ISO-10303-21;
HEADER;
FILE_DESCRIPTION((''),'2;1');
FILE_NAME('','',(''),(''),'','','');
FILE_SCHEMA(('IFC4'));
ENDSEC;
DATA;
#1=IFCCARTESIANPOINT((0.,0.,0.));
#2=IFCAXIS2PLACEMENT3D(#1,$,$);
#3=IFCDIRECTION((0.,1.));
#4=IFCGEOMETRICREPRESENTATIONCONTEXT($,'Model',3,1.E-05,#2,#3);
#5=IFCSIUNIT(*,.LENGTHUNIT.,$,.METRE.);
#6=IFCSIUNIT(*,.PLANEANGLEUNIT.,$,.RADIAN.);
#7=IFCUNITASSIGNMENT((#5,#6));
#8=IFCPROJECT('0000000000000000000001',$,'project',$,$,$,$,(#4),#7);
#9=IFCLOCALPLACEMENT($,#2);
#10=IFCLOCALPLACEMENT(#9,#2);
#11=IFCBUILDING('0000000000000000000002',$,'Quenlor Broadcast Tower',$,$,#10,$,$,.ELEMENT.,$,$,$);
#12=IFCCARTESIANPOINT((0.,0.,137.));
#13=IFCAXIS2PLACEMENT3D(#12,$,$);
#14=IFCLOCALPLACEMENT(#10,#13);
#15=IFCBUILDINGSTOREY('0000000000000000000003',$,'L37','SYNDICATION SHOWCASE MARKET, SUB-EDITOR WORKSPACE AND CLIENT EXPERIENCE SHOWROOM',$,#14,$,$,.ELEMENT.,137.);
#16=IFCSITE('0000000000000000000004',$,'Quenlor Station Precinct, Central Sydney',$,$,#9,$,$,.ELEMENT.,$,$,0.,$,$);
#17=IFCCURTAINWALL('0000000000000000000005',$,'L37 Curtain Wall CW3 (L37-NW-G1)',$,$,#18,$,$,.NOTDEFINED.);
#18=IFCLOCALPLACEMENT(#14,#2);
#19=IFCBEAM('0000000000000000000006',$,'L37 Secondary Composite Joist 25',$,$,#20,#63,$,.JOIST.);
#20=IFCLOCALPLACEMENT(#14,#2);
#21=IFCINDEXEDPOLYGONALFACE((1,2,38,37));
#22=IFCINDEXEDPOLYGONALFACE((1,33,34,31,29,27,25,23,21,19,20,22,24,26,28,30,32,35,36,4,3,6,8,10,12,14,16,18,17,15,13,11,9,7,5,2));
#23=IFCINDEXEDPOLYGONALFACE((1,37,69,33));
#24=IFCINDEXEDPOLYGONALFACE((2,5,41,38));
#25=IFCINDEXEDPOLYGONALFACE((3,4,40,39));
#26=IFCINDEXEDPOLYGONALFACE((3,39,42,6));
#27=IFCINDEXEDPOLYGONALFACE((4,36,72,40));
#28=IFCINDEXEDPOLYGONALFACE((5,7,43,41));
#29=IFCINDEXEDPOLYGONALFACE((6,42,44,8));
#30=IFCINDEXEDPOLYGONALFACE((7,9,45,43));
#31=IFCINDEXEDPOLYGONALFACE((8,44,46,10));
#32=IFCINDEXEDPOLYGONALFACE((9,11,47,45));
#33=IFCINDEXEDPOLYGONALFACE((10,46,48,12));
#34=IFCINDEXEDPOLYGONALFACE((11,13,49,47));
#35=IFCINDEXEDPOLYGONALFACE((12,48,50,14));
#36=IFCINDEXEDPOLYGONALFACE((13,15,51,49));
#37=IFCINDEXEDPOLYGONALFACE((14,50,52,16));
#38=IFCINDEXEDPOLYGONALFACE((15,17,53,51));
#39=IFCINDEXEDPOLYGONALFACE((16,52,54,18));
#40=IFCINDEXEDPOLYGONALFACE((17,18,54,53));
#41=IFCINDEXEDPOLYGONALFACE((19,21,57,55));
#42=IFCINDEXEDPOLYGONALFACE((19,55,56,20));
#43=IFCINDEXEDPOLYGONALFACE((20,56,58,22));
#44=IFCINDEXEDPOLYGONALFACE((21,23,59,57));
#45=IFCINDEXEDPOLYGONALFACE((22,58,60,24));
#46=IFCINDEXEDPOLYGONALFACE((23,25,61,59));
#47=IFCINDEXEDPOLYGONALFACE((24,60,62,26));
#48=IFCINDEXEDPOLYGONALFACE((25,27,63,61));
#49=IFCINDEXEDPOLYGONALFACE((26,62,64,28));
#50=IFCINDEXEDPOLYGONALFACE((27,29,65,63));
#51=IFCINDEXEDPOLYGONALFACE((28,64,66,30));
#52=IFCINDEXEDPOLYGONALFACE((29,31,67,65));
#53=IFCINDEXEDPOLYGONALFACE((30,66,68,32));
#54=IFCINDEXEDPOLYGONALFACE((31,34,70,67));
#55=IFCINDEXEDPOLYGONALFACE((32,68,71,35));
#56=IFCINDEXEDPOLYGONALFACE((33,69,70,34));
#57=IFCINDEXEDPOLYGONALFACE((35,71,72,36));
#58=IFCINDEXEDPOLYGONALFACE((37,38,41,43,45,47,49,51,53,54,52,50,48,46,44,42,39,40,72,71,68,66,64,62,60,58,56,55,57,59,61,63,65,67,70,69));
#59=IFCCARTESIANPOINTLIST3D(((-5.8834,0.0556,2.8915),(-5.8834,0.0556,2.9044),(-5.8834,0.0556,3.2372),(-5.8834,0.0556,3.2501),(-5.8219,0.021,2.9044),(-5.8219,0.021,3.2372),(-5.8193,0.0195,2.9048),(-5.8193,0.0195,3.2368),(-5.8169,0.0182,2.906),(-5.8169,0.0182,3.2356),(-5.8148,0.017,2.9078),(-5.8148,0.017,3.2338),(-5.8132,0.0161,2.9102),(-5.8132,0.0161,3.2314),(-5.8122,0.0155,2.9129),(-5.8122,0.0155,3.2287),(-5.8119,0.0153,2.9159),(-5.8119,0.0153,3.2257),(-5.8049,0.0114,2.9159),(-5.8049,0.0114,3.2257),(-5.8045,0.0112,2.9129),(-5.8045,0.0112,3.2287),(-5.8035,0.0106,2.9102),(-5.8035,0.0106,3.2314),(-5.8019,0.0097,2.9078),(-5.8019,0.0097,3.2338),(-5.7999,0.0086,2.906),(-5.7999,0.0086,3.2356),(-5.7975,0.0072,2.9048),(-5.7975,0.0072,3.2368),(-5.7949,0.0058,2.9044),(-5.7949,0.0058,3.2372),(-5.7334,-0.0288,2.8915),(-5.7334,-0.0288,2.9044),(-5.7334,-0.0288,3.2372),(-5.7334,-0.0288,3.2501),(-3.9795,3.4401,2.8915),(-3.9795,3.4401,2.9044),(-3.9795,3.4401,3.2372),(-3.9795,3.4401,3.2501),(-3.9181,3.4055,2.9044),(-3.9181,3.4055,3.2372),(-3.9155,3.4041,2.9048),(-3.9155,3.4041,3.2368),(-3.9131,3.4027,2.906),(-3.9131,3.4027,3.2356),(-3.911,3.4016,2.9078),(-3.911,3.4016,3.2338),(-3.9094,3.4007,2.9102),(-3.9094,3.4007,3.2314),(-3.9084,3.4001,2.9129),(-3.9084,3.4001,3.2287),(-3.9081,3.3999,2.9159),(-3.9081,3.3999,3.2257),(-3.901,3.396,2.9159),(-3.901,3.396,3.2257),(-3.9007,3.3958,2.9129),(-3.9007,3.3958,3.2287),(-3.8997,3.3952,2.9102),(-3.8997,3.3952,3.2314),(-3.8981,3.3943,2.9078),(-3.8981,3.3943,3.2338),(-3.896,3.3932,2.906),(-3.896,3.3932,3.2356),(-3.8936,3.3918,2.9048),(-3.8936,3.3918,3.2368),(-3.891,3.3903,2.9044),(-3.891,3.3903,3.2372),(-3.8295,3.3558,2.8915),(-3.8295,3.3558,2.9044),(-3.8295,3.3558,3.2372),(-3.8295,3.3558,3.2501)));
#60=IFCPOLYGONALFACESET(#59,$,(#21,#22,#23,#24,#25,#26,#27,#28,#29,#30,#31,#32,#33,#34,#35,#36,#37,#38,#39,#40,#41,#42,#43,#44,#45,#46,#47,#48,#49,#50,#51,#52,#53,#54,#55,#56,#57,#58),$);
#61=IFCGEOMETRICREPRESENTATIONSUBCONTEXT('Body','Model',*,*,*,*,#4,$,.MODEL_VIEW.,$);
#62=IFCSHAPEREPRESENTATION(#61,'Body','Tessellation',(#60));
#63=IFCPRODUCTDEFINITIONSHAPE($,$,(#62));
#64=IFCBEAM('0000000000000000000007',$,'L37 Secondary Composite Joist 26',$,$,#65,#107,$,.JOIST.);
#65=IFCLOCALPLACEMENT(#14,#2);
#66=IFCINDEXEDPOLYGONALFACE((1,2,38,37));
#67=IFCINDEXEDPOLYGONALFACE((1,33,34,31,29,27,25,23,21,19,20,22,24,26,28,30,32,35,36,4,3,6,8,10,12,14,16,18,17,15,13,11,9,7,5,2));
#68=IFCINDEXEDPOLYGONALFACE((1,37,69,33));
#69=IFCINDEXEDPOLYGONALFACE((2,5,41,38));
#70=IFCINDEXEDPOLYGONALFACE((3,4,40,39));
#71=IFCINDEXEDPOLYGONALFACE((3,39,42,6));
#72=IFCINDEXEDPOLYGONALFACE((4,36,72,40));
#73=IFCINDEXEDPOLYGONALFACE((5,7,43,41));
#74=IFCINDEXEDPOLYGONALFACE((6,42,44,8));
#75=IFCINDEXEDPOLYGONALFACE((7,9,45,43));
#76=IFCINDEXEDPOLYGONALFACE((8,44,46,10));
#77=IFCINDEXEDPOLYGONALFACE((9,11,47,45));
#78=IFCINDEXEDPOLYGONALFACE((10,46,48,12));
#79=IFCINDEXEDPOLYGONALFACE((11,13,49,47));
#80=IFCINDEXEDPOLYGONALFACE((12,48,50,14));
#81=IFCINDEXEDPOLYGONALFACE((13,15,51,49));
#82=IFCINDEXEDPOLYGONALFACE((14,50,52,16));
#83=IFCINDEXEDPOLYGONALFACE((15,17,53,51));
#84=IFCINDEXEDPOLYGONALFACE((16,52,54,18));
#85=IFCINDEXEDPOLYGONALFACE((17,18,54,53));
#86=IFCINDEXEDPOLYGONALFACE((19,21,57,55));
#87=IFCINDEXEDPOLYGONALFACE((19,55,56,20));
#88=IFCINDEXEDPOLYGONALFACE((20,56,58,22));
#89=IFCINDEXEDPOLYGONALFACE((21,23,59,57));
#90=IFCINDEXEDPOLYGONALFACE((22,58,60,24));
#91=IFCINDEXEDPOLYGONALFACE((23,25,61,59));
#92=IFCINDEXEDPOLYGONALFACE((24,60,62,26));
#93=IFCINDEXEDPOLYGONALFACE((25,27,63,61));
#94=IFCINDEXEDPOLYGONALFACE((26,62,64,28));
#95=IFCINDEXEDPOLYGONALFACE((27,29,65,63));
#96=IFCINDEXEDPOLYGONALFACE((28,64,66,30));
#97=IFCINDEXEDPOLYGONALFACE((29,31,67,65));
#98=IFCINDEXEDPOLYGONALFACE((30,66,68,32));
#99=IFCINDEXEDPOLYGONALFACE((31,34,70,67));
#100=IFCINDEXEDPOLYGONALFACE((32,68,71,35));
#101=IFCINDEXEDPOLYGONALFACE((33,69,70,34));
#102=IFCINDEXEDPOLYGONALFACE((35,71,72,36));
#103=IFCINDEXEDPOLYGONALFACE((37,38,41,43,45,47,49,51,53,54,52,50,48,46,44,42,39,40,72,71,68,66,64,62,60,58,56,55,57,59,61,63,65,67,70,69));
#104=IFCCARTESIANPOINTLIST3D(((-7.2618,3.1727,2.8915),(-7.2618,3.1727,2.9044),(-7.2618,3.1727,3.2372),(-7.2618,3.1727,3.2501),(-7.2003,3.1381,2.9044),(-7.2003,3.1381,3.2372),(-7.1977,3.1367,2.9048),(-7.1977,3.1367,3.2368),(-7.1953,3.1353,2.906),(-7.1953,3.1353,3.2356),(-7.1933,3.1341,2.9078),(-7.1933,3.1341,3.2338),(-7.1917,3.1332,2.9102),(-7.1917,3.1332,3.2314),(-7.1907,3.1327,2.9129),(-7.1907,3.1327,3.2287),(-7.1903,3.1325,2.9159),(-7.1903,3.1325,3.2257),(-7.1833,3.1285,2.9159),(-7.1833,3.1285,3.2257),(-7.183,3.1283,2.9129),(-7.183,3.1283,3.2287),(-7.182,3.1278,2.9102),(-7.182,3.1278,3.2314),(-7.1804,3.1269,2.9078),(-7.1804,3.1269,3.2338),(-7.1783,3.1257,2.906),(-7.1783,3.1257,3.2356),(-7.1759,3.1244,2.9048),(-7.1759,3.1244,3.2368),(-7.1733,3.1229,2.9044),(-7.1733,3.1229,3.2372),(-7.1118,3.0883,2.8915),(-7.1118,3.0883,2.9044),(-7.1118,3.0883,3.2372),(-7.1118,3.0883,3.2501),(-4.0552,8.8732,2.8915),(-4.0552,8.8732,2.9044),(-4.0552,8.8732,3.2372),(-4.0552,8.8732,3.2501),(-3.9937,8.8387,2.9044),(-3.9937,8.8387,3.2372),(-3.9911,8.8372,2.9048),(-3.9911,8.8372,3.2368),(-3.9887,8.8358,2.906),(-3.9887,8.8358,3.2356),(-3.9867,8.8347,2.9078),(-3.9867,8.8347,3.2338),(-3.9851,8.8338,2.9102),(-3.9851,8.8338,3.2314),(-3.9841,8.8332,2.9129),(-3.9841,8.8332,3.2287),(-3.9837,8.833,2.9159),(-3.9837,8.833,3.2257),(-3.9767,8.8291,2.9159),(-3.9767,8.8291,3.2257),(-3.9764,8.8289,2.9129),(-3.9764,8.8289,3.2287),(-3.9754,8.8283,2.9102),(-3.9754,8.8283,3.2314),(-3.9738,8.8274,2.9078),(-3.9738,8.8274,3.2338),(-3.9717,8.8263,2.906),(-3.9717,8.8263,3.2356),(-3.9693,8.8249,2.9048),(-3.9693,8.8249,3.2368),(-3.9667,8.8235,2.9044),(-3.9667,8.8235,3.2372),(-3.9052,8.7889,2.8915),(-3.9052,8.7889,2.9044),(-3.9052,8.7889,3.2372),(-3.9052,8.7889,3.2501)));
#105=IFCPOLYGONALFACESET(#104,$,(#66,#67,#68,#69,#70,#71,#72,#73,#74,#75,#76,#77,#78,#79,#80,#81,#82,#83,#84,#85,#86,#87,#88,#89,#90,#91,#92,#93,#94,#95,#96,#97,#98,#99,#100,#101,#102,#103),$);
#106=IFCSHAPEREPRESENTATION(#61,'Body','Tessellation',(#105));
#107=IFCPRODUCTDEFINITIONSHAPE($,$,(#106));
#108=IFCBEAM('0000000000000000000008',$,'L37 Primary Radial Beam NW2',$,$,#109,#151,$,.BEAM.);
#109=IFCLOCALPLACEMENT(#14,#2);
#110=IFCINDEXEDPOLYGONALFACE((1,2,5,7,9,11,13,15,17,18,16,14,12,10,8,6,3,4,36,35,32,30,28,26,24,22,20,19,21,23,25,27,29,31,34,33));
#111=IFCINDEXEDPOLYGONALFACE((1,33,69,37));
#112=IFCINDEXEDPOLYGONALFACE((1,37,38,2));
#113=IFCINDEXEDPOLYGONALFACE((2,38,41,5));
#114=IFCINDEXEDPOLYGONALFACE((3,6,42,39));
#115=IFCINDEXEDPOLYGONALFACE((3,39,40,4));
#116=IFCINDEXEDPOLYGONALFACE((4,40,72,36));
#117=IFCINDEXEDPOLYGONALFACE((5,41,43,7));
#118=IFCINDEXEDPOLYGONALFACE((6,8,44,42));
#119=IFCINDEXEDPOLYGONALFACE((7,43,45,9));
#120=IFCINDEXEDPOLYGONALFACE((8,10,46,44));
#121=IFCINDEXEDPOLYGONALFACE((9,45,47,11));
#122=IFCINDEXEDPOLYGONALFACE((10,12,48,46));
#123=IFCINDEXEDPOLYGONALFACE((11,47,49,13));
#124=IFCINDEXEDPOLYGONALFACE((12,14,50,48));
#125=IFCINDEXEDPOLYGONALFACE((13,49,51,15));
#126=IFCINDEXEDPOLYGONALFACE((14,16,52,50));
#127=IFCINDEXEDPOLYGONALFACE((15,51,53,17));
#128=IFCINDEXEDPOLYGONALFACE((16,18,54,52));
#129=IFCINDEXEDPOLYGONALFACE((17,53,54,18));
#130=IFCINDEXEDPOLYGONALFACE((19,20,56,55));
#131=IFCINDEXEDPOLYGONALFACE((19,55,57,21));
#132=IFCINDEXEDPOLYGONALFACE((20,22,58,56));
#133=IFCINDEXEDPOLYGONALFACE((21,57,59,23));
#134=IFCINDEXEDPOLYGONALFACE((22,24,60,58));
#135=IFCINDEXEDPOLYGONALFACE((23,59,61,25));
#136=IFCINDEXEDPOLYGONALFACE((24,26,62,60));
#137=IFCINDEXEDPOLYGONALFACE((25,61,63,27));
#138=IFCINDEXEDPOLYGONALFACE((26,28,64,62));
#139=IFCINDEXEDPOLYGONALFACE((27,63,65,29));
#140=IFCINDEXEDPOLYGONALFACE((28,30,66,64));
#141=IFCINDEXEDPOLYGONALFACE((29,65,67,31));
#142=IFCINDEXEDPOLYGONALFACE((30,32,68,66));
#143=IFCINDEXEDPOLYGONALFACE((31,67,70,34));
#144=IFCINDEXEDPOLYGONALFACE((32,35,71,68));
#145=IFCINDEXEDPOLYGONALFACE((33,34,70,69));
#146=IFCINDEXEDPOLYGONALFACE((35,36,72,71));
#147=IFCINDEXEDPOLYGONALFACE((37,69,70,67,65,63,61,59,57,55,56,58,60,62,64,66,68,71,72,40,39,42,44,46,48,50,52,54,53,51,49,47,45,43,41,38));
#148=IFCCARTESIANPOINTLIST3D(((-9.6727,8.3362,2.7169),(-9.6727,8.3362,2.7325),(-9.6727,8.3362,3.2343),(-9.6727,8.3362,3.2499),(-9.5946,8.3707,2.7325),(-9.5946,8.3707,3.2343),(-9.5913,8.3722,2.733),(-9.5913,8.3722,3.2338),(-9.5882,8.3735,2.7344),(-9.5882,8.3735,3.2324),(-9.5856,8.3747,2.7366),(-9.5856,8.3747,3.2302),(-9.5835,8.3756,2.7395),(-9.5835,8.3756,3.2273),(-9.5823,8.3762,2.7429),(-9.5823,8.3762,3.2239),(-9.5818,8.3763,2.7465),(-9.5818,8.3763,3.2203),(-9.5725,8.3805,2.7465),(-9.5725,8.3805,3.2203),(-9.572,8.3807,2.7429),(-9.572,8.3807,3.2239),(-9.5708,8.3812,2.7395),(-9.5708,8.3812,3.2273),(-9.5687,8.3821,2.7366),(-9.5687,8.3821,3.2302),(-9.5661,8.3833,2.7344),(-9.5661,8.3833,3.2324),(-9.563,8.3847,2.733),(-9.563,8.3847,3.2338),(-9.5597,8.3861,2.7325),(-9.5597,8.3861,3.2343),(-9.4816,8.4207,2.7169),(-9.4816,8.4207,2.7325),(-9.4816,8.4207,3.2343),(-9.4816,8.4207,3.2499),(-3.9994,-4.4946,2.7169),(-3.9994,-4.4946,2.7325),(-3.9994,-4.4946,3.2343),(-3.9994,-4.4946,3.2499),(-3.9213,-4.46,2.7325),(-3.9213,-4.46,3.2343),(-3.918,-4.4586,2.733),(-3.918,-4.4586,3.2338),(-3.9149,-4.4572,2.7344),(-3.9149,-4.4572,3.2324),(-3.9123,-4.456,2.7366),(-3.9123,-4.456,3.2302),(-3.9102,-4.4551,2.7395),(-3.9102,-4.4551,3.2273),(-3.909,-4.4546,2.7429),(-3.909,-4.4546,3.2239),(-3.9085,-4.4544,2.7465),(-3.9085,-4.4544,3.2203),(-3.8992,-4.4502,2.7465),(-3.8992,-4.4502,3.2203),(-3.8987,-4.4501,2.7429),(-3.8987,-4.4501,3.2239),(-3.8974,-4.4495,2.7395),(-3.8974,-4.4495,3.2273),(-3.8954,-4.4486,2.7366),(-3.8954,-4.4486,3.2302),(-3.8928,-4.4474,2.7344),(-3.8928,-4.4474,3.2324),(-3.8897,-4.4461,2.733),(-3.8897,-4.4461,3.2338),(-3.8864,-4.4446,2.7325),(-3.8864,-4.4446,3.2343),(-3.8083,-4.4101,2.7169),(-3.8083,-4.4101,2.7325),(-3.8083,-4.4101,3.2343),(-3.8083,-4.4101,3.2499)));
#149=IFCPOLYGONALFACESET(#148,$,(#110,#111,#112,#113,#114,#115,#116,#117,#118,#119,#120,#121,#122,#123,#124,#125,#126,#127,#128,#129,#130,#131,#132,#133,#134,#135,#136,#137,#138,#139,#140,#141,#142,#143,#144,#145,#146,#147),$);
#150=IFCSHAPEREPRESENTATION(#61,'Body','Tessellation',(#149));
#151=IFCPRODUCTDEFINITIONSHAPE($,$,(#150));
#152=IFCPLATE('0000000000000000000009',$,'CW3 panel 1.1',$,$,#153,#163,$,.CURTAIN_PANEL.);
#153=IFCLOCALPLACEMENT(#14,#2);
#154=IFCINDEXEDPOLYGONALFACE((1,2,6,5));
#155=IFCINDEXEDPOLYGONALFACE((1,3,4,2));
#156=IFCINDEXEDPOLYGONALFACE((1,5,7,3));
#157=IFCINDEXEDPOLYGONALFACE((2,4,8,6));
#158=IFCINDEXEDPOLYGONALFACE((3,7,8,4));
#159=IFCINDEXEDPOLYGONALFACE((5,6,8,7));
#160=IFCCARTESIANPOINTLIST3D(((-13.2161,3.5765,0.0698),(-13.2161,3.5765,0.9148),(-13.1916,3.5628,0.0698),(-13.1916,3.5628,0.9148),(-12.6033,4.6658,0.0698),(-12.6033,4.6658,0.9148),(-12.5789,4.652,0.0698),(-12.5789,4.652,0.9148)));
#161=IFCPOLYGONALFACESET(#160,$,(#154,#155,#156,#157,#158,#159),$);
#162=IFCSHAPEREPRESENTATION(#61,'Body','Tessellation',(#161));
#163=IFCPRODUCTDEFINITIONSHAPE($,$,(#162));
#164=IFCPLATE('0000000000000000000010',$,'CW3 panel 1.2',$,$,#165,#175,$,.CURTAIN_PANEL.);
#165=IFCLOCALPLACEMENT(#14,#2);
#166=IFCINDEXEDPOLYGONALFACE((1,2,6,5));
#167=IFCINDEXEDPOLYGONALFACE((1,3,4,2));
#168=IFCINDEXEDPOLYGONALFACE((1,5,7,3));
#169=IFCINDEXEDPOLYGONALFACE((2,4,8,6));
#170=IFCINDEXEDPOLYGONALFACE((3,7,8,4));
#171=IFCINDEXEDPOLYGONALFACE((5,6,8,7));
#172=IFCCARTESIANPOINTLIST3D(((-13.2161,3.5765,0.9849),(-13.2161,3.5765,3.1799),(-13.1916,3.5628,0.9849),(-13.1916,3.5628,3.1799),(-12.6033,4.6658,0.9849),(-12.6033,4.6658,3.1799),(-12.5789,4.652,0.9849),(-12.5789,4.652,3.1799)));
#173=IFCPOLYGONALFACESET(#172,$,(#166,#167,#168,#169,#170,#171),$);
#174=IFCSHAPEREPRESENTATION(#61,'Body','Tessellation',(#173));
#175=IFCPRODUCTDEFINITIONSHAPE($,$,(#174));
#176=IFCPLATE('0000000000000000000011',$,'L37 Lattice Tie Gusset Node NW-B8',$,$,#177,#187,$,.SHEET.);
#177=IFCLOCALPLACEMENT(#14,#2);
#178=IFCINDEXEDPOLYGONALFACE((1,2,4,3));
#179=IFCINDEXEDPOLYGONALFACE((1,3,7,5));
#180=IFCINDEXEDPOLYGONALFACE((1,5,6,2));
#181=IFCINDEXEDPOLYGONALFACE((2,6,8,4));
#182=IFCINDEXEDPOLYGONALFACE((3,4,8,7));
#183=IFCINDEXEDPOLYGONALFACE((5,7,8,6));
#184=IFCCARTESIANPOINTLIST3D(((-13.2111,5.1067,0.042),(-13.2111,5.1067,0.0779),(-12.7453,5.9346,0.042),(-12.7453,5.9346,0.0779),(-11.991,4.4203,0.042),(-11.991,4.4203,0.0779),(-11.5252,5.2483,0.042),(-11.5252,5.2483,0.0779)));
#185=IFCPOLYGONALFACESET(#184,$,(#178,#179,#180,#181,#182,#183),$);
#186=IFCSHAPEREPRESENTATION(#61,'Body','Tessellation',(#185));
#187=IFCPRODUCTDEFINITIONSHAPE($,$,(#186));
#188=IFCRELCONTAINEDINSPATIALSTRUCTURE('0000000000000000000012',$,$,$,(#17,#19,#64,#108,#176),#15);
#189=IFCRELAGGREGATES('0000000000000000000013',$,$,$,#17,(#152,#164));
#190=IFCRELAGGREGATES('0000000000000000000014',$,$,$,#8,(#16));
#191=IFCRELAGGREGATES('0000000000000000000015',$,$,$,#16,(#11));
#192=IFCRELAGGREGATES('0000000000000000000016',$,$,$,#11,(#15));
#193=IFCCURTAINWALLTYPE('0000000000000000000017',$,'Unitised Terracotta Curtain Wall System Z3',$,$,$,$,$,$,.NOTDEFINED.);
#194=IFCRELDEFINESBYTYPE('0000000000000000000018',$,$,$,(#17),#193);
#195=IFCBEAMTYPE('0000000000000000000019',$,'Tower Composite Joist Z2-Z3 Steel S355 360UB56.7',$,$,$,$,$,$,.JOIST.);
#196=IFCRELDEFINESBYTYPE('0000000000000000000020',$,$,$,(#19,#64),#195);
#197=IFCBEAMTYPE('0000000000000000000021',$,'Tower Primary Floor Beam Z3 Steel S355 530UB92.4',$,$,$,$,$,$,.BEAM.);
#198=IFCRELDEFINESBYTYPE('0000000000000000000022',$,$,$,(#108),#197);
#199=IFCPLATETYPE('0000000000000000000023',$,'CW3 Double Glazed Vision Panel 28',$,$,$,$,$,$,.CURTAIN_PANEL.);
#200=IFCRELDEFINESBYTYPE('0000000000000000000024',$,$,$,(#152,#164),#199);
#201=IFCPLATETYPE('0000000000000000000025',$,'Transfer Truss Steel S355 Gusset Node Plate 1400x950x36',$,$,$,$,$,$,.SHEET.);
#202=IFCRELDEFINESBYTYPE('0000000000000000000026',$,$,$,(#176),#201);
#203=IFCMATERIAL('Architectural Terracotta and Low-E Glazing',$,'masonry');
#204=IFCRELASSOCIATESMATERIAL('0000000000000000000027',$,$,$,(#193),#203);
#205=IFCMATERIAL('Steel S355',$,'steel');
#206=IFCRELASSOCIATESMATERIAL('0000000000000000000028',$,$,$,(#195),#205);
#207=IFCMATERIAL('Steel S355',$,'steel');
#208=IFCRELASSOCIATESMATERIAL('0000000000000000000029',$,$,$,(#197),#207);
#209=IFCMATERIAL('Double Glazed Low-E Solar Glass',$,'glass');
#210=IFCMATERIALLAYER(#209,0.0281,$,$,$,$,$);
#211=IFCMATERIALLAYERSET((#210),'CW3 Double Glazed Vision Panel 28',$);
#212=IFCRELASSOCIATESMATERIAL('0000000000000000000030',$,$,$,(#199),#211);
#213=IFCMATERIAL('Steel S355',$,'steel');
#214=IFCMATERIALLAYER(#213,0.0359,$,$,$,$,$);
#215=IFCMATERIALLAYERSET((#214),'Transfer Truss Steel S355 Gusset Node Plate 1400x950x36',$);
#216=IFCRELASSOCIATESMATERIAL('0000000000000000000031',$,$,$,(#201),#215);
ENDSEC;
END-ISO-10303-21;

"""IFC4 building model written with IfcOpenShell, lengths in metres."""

from ifc_helpers import new_model, si_unit, direction, frame, origin, origin_2d, place, context, subcontext, project, spatial, rectangle, i_section, extrude, material, layer, layer_set, material_profile, profile_set, type_object, element, aggregate, save


model = new_model("IFC4")

# Units and contexts
model_context = context("Model", 3, precision=1e-05, world=origin(), true_north=direction((0.0, 1.0)))
body_context = subcontext(model_context, "Body", "Model", "MODEL_VIEW")
ifc_project = project(units=[si_unit("LENGTHUNIT", "METRE"), si_unit("PLANEANGLEUNIT", "RADIAN")], contexts=[model_context])

# Site, building, storey
site_placement = place(None, origin())
site = spatial("IfcSite", under=ifc_project, at=site_placement, Name="Quenlor Station Precinct, Central Sydney", CompositionType="ELEMENT", RefElevation=0.0)
building_placement = place(site_placement, origin())
building = spatial("IfcBuilding", under=site, at=building_placement, Name="Quenlor Broadcast Tower", CompositionType="ELEMENT")
storey_placement = place(building_placement, frame((0.0, 0.0, 137.0)))
storey = spatial("IfcBuildingStorey", under=building, at=storey_placement, Name="L37", Description="SYNDICATION SHOWCASE MARKET, SUB-EDITOR WORKSPACE AND CLIENT EXPERIENCE SHOWROOM", CompositionType="ELEMENT", Elevation=137.0)

# Shared definitions
ifc_material_1 = material(Name="Architectural Terracotta and Low-E Glazing", Category="masonry")
curtain_wall_type = type_object("IfcCurtainWallType", Name="Unitised Terracotta Curtain Wall System Z3", PredefinedType="NOTDEFINED", material=ifc_material_1)

# Curtain wall
curtain_wall_1_placement = place(storey_placement, origin())
curtain_wall_1 = element("IfcCurtainWall", 1, at=curtain_wall_1_placement, inside=storey, type_object=curtain_wall_type, Name="L37 Curtain Wall CW3 (L37-NW-G1)", PredefinedType="NOTDEFINED")

# Beams
ifc_material_2 = material(Name="Steel S355", Category="steel")
ifc_material_profile_1 = material_profile(ifc_material_2, i_section(OverallWidth=0.1721, OverallDepth=0.3586, WebThickness=0.0081, FlangeThickness=0.0129, FilletRadius=0.0115, at=origin_2d()))
ifc_profile_set_1 = profile_set([ifc_material_profile_1], Name="Steel S355 360UB56.7")
beam_type_1 = type_object("IfcBeamType", Name="Tower Composite Joist Z2-Z3 Steel S355 360UB56.7", PredefinedType="JOIST", material=ifc_profile_set_1)
beam_1_placement = place(storey_placement, frame((-3.9045, 3.3979, 3.0708), z_axis=(-0.490264, -0.871574, 0.0), x_axis=(0.871574, -0.490264, 0.0)))
element("IfcBeam", 2, at=beam_1_placement, inside=storey, type_object=beam_type_1, Name="L37 Secondary Composite Joist 25", PredefinedType="JOIST", context=body_context, shape_type="SweptSolid", body=[
    extrude(i_section(OverallWidth=0.1721, OverallDepth=0.3586, WebThickness=0.0081, FlangeThickness=0.0129, FilletRadius=0.0115, at=origin_2d()), origin(), (0.0, 0.0, 1.0), 3.8833),
])
beam_2_placement = place(storey_placement, frame((-3.9802, 8.8311, 3.0708), z_axis=(-0.490267, -0.871573, 0.0), x_axis=(0.871573, -0.490267, 0.0)))
element("IfcBeam", 3, at=beam_2_placement, inside=storey, type_object=beam_type_1, Name="L37 Secondary Composite Joist 26", PredefinedType="JOIST", context=body_context, shape_type="SweptSolid", body=[
    extrude(i_section(OverallWidth=0.1721, OverallDepth=0.3586, WebThickness=0.0081, FlangeThickness=0.0129, FilletRadius=0.0115, at=origin_2d()), origin(), (0.0, 0.0, 1.0), 6.5405),
])
ifc_material_3 = material(Name="Steel S355", Category="steel")
ifc_material_profile_2 = material_profile(ifc_material_3, i_section(OverallWidth=0.209, OverallDepth=0.533, WebThickness=0.0103, FlangeThickness=0.0156, FilletRadius=0.0139, at=origin_2d()))
ifc_profile_set_2 = profile_set([ifc_material_profile_2], Name="Steel S355 530UB92.4")
beam_type_2 = type_object("IfcBeamType", Name="Tower Primary Floor Beam Z3 Steel S355 530UB92.4", PredefinedType="BEAM", material=ifc_profile_set_2)
beam_3_placement = place(storey_placement, frame((-9.5771, 8.3784, 2.9834), z_axis=(0.404397, -0.914583, 0.0), x_axis=(0.914583, 0.404397, 0.0)))
element("IfcBeam", 4, at=beam_3_placement, inside=storey, type_object=beam_type_2, Name="L37 Primary Radial Beam NW2", PredefinedType="BEAM", context=body_context, shape_type="SweptSolid", body=[
    extrude(i_section(OverallWidth=0.209, OverallDepth=0.533, WebThickness=0.0103, FlangeThickness=0.0156, FilletRadius=0.0139, at=origin_2d()), origin(), (0.0, 0.0, 1.0), 14.0291),
])

# Plates
ifc_material_4 = material(Name="Double Glazed Low-E Solar Glass", Category="glass")
ifc_layer_1 = layer(ifc_material_4, 0.0281)
ifc_layer_set_1 = layer_set([ifc_layer_1], Name="CW3 Double Glazed Vision Panel 28")
plate_type_1 = type_object("IfcPlateType", Name="CW3 Double Glazed Vision Panel 28", PredefinedType="CURTAIN_PANEL", material=ifc_layer_set_1)
plate_1_placement = place(storey_placement, frame((-12.8975, 4.1143, 0.0698), z_axis=(0.0, 0.0, 1.0), x_axis=(0.490285, 0.871562, 0.0)))
plate_1 = element("IfcPlate", 5, at=plate_1_placement, type_object=plate_type_1, Name="CW3 panel 1.1", PredefinedType="CURTAIN_PANEL", context=body_context, shape_type="SweptSolid", body=[
    extrude(rectangle(XDim=1.2498, YDim=0.0281, at=origin_2d()), origin(), (0.0, 0.0, 1.0), 0.845),
])
plate_2_placement = place(storey_placement, frame((-12.8975, 4.1143, 0.9849), z_axis=(0.0, 0.0, 1.0), x_axis=(0.490285, 0.871562, 0.0)))
plate_2 = element("IfcPlate", 6, at=plate_2_placement, type_object=plate_type_1, Name="CW3 panel 1.2", PredefinedType="CURTAIN_PANEL", context=body_context, shape_type="SweptSolid", body=[
    extrude(rectangle(XDim=1.2498, YDim=0.0281, at=origin_2d()), origin(), (0.0, 0.0, 1.0), 2.1951),
])
aggregate(curtain_wall_1, [plate_1, plate_2])

# Plate
ifc_material_5 = material(Name="Steel S355", Category="steel")
ifc_layer_2 = layer(ifc_material_5, 0.0359)
ifc_layer_set_2 = layer_set([ifc_layer_2], Name="Transfer Truss Steel S355 Gusset Node Plate 1400x950x36")
plate_type_2 = type_object("IfcPlateType", Name="Transfer Truss Steel S355 Gusset Node Plate 1400x950x36", PredefinedType="SHEET", material=ifc_layer_set_2)
for number, where, z_axis, x_axis, name in (
    (7, (-12.3682, 5.1775, 0.042), (0.0, 0.0, 1.0), (-0.871556, 0.490295, 0.0), "L37 Lattice Tie Gusset Node NW-B8"),
):
    element("IfcPlate", number, at=place(storey_placement, frame(where, z_axis=z_axis, x_axis=x_axis)), inside=storey, type_object=plate_type_2, Name=name, PredefinedType="SHEET", context=body_context, shape_type="SweptSolid", body=[
        extrude(rectangle(XDim=1.3999, YDim=0.95, at=origin_2d()), origin(), (0.0, 0.0, 1.0), 0.0359),
    ])

save(model, "model.ifc")
